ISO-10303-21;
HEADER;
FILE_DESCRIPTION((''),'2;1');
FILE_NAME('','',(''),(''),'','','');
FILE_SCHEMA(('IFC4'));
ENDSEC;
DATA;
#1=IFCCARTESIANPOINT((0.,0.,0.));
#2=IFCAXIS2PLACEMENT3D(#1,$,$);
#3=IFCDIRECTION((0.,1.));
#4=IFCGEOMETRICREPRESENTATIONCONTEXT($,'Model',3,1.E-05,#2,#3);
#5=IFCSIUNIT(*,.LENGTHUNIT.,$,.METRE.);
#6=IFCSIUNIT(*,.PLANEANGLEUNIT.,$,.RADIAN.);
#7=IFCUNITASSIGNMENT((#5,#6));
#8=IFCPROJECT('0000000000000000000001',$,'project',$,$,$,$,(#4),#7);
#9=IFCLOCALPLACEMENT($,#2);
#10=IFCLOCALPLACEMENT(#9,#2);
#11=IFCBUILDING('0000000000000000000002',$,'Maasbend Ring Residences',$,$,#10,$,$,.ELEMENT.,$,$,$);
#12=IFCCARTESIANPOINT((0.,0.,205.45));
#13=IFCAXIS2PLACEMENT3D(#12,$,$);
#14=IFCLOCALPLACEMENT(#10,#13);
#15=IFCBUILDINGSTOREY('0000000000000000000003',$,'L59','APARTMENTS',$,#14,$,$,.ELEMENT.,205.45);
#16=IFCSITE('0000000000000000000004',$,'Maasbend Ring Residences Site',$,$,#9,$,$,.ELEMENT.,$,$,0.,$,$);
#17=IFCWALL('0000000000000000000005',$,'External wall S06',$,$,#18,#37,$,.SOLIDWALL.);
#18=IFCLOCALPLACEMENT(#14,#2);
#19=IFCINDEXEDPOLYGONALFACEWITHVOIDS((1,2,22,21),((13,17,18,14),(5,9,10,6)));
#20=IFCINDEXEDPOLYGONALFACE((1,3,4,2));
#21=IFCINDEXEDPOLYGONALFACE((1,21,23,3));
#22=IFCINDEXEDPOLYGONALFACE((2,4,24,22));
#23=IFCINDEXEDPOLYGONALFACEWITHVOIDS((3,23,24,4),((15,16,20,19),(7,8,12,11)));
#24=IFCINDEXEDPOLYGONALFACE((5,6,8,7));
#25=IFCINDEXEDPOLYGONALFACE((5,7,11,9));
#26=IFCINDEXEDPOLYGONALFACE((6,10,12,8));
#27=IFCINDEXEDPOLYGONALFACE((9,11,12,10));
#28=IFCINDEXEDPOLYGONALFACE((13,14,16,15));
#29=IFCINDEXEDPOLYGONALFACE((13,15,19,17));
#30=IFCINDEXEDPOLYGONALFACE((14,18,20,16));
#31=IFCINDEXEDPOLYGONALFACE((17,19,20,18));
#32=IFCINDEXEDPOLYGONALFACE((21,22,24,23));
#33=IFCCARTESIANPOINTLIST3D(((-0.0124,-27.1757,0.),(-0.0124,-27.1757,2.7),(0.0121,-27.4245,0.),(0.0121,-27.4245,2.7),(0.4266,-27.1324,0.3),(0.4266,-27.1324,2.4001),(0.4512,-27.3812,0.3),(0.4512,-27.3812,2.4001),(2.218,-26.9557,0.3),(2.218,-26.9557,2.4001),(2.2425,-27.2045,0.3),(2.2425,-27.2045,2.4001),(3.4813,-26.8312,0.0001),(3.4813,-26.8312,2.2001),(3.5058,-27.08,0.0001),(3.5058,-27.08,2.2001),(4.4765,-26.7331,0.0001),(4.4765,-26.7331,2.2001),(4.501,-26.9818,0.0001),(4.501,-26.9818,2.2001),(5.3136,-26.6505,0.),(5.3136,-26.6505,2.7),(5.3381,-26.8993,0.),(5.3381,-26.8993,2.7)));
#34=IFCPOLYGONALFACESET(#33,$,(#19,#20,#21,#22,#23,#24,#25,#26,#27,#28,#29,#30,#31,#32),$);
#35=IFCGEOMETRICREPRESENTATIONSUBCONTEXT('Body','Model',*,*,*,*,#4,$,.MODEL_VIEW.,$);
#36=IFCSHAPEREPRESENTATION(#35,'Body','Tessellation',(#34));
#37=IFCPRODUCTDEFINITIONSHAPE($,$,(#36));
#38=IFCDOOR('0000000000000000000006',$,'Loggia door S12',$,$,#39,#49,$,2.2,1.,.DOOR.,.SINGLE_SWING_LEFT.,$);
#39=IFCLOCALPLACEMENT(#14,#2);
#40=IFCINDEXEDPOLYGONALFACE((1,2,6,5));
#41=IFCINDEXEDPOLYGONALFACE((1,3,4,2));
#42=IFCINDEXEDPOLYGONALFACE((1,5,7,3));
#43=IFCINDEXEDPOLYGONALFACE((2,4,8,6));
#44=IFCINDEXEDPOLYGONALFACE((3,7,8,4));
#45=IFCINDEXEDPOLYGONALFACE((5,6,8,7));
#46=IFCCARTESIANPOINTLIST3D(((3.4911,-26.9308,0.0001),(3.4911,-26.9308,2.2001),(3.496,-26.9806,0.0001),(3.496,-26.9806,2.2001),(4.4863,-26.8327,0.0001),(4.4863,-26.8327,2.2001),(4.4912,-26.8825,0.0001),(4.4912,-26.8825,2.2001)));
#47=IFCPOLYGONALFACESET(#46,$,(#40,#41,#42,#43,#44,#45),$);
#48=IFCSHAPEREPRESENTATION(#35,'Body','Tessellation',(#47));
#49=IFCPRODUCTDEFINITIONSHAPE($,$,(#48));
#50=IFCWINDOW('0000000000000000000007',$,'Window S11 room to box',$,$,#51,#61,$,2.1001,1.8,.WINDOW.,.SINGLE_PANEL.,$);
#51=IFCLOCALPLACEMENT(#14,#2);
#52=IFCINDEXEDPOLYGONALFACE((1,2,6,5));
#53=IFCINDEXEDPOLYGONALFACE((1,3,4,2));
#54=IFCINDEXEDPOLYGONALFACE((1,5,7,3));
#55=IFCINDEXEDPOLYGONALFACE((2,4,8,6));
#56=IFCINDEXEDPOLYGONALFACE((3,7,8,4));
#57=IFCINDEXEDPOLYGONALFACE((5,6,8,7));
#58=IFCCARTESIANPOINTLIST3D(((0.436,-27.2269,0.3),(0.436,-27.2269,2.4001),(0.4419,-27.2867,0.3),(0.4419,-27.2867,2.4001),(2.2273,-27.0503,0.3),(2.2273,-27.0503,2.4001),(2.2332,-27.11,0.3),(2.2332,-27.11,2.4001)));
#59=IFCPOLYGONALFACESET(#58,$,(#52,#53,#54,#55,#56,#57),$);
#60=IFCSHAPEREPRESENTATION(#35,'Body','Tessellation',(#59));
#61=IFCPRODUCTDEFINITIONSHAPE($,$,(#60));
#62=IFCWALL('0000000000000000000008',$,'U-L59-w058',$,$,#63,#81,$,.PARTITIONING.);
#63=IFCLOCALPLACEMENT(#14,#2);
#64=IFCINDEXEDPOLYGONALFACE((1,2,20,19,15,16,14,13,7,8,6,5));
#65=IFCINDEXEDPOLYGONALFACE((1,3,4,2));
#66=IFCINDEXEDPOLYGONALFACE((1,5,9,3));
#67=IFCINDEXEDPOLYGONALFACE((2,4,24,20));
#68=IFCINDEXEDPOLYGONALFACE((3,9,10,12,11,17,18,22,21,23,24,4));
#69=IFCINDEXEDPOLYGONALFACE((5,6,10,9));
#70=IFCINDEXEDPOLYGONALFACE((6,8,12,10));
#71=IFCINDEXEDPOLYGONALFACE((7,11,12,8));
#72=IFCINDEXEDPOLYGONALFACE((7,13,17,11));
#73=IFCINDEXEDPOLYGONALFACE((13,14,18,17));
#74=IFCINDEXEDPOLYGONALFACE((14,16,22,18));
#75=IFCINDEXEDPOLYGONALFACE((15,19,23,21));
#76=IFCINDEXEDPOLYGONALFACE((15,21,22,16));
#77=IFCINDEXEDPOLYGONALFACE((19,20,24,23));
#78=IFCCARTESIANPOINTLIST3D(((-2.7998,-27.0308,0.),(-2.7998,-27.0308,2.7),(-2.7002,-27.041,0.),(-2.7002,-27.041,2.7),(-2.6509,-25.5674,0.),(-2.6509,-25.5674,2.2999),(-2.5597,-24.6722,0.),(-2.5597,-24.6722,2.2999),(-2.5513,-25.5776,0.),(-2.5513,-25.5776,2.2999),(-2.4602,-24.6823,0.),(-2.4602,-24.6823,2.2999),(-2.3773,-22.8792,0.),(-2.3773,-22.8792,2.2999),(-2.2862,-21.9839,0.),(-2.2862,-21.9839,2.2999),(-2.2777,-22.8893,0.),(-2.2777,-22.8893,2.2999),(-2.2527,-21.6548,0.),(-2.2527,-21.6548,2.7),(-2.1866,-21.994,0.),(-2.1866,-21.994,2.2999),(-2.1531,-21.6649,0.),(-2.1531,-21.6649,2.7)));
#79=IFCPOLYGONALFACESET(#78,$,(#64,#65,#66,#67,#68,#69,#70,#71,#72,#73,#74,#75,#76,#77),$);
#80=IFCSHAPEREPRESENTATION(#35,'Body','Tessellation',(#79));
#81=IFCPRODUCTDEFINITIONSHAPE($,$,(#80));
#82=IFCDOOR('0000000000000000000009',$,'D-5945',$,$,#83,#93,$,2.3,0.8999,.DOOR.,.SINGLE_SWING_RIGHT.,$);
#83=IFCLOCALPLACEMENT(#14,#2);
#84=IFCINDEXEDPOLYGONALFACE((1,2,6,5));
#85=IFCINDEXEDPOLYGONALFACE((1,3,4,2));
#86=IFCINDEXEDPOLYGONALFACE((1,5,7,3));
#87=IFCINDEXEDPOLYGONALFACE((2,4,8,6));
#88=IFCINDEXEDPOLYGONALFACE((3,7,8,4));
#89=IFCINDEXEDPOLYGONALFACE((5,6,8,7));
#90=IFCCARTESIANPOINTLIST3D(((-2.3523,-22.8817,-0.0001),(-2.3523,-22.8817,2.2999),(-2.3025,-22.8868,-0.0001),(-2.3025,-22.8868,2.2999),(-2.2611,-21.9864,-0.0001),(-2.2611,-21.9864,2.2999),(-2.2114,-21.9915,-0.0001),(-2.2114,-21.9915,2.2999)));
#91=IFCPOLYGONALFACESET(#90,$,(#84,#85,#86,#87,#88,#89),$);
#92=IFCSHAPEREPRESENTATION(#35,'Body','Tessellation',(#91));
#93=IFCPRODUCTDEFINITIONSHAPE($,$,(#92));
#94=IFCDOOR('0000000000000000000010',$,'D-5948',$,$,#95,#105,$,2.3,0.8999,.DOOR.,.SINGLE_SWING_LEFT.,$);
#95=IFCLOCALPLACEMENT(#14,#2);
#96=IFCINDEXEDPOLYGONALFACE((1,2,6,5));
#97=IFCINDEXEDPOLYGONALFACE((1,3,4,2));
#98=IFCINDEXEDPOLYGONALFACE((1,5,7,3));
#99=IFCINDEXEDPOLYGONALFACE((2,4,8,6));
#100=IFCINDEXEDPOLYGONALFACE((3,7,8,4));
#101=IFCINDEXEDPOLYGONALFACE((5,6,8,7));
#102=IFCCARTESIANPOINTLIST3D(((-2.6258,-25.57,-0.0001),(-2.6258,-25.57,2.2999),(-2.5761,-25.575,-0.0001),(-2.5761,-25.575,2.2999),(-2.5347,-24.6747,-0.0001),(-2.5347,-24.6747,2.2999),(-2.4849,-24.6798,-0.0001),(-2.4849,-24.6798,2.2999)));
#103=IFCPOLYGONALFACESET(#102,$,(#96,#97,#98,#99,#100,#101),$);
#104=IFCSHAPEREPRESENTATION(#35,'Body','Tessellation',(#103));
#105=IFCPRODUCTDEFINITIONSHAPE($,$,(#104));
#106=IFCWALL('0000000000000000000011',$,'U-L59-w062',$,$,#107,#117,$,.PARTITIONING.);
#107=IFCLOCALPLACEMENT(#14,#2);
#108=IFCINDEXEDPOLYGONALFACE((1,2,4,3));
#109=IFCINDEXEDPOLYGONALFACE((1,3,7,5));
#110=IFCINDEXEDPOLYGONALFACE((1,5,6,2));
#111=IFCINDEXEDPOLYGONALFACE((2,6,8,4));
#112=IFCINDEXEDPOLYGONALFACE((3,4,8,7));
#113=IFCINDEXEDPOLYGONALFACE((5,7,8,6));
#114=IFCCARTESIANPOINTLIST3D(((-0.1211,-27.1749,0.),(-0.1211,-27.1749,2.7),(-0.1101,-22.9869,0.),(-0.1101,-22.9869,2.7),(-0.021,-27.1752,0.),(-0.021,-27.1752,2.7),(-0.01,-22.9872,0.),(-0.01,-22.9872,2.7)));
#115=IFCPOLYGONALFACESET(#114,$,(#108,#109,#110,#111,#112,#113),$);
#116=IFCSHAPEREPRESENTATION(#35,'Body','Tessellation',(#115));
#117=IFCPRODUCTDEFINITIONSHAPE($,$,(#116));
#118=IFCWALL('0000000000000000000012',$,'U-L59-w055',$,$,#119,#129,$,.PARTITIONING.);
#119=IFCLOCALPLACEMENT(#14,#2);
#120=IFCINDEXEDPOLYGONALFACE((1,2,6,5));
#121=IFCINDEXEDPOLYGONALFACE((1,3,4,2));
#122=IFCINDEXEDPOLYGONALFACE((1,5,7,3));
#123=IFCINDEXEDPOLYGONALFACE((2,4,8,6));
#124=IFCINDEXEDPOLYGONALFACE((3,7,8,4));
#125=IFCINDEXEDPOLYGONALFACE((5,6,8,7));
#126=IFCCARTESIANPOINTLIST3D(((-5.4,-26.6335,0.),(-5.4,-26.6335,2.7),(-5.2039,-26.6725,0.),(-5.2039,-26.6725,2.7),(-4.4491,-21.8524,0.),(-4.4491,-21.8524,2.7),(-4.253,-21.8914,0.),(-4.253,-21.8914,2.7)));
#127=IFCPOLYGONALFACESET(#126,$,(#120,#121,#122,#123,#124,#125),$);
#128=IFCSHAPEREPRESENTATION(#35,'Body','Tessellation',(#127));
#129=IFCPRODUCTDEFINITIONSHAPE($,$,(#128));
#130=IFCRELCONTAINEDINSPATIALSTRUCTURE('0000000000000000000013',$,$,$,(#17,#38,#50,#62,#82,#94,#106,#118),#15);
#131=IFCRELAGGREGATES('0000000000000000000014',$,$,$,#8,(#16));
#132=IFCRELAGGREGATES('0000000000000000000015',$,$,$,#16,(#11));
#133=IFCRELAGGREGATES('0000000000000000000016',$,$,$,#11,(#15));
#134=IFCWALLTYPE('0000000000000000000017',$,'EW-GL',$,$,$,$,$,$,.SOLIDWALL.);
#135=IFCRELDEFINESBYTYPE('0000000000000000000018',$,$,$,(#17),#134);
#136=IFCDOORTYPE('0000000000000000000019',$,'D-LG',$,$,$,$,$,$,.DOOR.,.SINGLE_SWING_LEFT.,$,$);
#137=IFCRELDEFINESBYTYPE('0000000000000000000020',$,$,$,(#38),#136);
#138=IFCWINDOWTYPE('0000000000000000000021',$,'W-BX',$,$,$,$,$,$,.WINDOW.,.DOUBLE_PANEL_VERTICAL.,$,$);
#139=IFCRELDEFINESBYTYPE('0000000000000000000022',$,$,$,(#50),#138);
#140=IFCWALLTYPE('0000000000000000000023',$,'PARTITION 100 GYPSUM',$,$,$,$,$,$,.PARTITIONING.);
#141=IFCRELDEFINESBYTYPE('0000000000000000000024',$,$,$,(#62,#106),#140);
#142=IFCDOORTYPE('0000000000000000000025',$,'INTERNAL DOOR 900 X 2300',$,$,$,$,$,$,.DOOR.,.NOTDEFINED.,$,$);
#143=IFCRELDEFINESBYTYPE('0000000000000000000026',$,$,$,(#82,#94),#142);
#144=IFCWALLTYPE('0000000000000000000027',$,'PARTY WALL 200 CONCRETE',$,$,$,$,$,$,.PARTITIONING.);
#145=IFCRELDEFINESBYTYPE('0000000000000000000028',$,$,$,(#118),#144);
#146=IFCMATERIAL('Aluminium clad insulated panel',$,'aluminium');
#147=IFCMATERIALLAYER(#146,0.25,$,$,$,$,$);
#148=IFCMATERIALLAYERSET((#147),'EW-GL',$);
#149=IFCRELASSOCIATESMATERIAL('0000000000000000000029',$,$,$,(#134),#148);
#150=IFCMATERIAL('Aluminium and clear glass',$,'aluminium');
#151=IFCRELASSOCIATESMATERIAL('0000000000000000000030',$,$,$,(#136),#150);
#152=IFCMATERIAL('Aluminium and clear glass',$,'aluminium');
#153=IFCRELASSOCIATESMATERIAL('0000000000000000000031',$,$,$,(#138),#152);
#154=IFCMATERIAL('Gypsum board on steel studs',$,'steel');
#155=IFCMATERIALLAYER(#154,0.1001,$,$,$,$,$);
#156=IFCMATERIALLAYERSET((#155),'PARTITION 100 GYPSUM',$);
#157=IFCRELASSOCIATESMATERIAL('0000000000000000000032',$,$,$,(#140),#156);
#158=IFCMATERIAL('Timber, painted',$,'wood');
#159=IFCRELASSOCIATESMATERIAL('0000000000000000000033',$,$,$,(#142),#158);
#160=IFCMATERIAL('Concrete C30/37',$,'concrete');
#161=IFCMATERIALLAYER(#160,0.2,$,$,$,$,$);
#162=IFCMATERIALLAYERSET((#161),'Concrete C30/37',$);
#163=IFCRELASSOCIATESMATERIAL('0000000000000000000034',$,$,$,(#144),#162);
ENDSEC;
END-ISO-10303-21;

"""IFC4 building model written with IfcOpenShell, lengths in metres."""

from ifc_helpers import new_model, si_unit, direction, frame, frame_2d, origin, place, context, subcontext, project, spatial, rectangle, extrude, material, layer, layer_set, type_object, element, fill, save


model = new_model("IFC4")

# Units and contexts
model_context = context("Model", 3, precision=1e-05, world=origin(), true_north=direction((0.0, 1.0)))
body_context = subcontext(model_context, "Body", "Model", "MODEL_VIEW")
ifc_project = project(units=[si_unit("LENGTHUNIT", "METRE"), si_unit("PLANEANGLEUNIT", "RADIAN")], contexts=[model_context])

# Site, building, storey
site_placement = place(None, origin())
site = spatial("IfcSite", under=ifc_project, at=site_placement, Name="Maasbend Ring Residences Site", CompositionType="ELEMENT", RefElevation=0.0)
building_placement = place(site_placement, origin())
building = spatial("IfcBuilding", under=site, at=building_placement, Name="Maasbend Ring Residences", CompositionType="ELEMENT")
storey_placement = place(building_placement, frame((0.0, 0.0, 205.45)))
storey = spatial("IfcBuildingStorey", under=building, at=storey_placement, Name="L59", Description="APARTMENTS", CompositionType="ELEMENT", Elevation=205.45)

# Wall, openings, door, window
ifc_material_1 = material(Name="Aluminium clad insulated panel", Category="aluminium")
ifc_layer_1 = layer(ifc_material_1, 0.25)
ifc_layer_set_1 = layer_set([ifc_layer_1], Name="EW-GL")
wall_type_1 = type_object("IfcWallType", Name="EW-GL", PredefinedType="SOLIDWALL", material=ifc_layer_set_1)
ifc_material_2 = material(Name="Aluminium and clear glass", Category="aluminium")
door_type_1 = type_object("IfcDoorType", Name="D-LG", OperationType="SINGLE_SWING_LEFT", PredefinedType="DOOR", material=ifc_material_2)
ifc_material_3 = material(Name="Aluminium and clear glass", Category="aluminium")
window_type_1 = type_object("IfcWindowType", Name="W-BX", PartitioningType="DOUBLE_PANEL_VERTICAL", PredefinedType="WINDOW", material=ifc_material_3)
wall_1_placement = place(storey_placement, frame((0.0, -27.3, 0.0), z_axis=(0.0, 0.0, 1.0), x_axis=(0.995174, 0.098126, 0.0)))
wall_1 = element("IfcWall", 1, at=wall_1_placement, inside=storey, type_object=wall_type_1, Name="External wall S06", PredefinedType="SOLIDWALL", context=body_context, shape_type="SweptSolid", body=[
    extrude(rectangle(XDim=5.3518, YDim=0.25, at=frame_2d((2.6758, 0.0))), origin(), (0.0, 0.0, 1.0), 2.7),
])
opening_1_placement = place(wall_1_placement, frame((0.4412, 0.0, 0.3)))
opening_1 = element("IfcOpeningElement", 2, at=opening_1_placement, cuts=wall_1, PredefinedType="OPENING", context=body_context, shape_type="SweptSolid", body=[
    extrude(rectangle(XDim=1.8, YDim=2.1001, at=frame_2d((0.8999, 1.05))), frame((0.0, 0.135, 0.0), z_axis=(0.0, -1.0, 0.0), x_axis=(1.0, 0.0, 0.0)), (0.0, 0.0, 1.0), 0.27),
])
opening_2_placement = place(wall_1_placement, frame((3.5105, 0.0, 0.0)))
opening_2 = element("IfcOpeningElement", 3, at=opening_2_placement, cuts=wall_1, PredefinedType="OPENING", context=body_context, shape_type="SweptSolid", body=[
    extrude(rectangle(XDim=1.0, YDim=2.2, at=frame_2d((0.5, 1.1001))), frame((0.0, 0.135, 0.0), z_axis=(0.0, -1.0, 0.0), x_axis=(1.0, 0.0, 0.0)), (0.0, 0.0, 1.0), 0.27),
])
door_1_placement = place(opening_2_placement, origin())
door_1 = element("IfcDoor", 4, at=door_1_placement, inside=storey, type_object=door_type_1, Name="Loggia door S12", OperationType="SINGLE_SWING_LEFT", OverallHeight=2.2, OverallWidth=1.0, PredefinedType="DOOR", context=body_context, shape_type="SweptSolid", body=[
    extrude(rectangle(XDim=1.0, YDim=2.2, at=frame_2d((0.5, 1.1001))), frame((0.0, 0.0249, 0.0), z_axis=(0.0, -1.0, 0.0), x_axis=(1.0, 0.0, 0.0)), (0.0, 0.0, 1.0), 0.05),
])
fill(opening_2, door_1)
window_1_placement = place(opening_1_placement, origin())
window_1 = element("IfcWindow", 5, at=window_1_placement, inside=storey, type_object=window_type_1, Name="Window S11 room to box", OverallHeight=2.1001, OverallWidth=1.8, PartitioningType="SINGLE_PANEL", PredefinedType="WINDOW", context=body_context, shape_type="SweptSolid", body=[
    extrude(rectangle(XDim=1.8, YDim=2.1001, at=frame_2d((0.8999, 1.05))), frame((0.0, 0.03, 0.0), z_axis=(0.0, -1.0, 0.0), x_axis=(1.0, 0.0, 0.0)), (0.0, 0.0, 1.0), 0.0601),
])
fill(opening_1, window_1)

# Wall, openings, doors
ifc_material_4 = material(Name="Gypsum board on steel studs", Category="steel")
ifc_layer_2 = layer(ifc_material_4, 0.1001)
ifc_layer_set_2 = layer_set([ifc_layer_2], Name="PARTITION 100 GYPSUM")
wall_type_2 = type_object("IfcWallType", Name="PARTITION 100 GYPSUM", PredefinedType="PARTITIONING", material=ifc_layer_set_2)
wall_2_placement = place(storey_placement, frame((-2.75, -27.0359, 0.0), z_axis=(0.0, 0.0, 1.0), x_axis=(0.101248, 0.994861, 0.0)))
wall_2 = element("IfcWall", 6, at=wall_2_placement, inside=storey, type_object=wall_type_2, Name="U-L59-w058", PredefinedType="PARTITIONING", context=body_context, shape_type="SweptSolid", body=[
    extrude(rectangle(XDim=5.4038, YDim=0.1001, at=frame_2d((2.7019, 0.0))), origin(), (0.0, 0.0, 1.0), 2.7),
])
opening_3_placement = place(wall_2_placement, frame((4.1731, 0.0, 0.0)))
opening_3 = element("IfcOpeningElement", 7, at=opening_3_placement, cuts=wall_2, PredefinedType="OPENING", context=body_context, shape_type="SweptSolid", body=[
    extrude(rectangle(XDim=0.8999, YDim=2.3, at=frame_2d((0.45, 1.1499))), frame((0.0, 0.0601, 0.0), z_axis=(0.0, -1.0, 0.0), x_axis=(1.0, 0.0, 0.0)), (0.0, 0.0, 1.0), 0.1201),
])
opening_4_placement = place(wall_2_placement, frame((1.4709, 0.0, 0.0)))
opening_4 = element("IfcOpeningElement", 8, at=opening_4_placement, cuts=wall_2, PredefinedType="OPENING", context=body_context, shape_type="SweptSolid", body=[
    extrude(rectangle(XDim=0.8999, YDim=2.3, at=frame_2d((0.45, 1.1499))), frame((0.0, 0.0601, 0.0), z_axis=(0.0, -1.0, 0.0), x_axis=(1.0, 0.0, 0.0)), (0.0, 0.0, 1.0), 0.1201),
])
ifc_material_5 = material(Name="Timber, painted", Category="wood")
door_type_2 = type_object("IfcDoorType", Name="INTERNAL DOOR 900 X 2300", OperationType="NOTDEFINED", PredefinedType="DOOR", material=ifc_material_5)
door_2_placement = place(opening_3_placement, origin())
door_2 = element("IfcDoor", 9, at=door_2_placement, inside=storey, type_object=door_type_2, Name="D-5945", OperationType="SINGLE_SWING_RIGHT", OverallHeight=2.3, OverallWidth=0.8999, PredefinedType="DOOR", context=body_context, shape_type="SweptSolid", body=[
    extrude(rectangle(XDim=0.8999, YDim=2.3, at=frame_2d((0.45, 1.1499))), frame((0.0, 0.0249, 0.0), z_axis=(0.0, -1.0, 0.0), x_axis=(1.0, 0.0, 0.0)), (0.0, 0.0, 1.0), 0.05),
])
fill(opening_3, door_2)
door_3_placement = place(opening_4_placement, origin())
door_3 = element("IfcDoor", 10, at=door_3_placement, inside=storey, type_object=door_type_2, Name="D-5948", OperationType="SINGLE_SWING_LEFT", OverallHeight=2.3, OverallWidth=0.8999, PredefinedType="DOOR", context=body_context, shape_type="SweptSolid", body=[
    extrude(rectangle(XDim=0.8999, YDim=2.3, at=frame_2d((0.45, 1.1499))), frame((0.0, 0.0249, 0.0), z_axis=(0.0, -1.0, 0.0), x_axis=(1.0, 0.0, 0.0)), (0.0, 0.0, 1.0), 0.05),
])
fill(opening_4, door_3)

# Walls
wall_3_placement = place(storey_placement, frame((-0.071, -27.175, 0.0), z_axis=(0.0, 0.0, 1.0), x_axis=(0.002623, 0.999997, 0.0)))
element("IfcWall", 11, at=wall_3_placement, inside=storey, type_object=wall_type_2, Name="U-L59-w062", PredefinedType="PARTITIONING", context=body_context, shape_type="SweptSolid", body=[
    extrude(rectangle(XDim=4.188, YDim=0.1001, at=frame_2d((2.094, 0.0))), origin(), (0.0, 0.0, 1.0), 2.7),
])
ifc_material_6 = material(Name="Concrete C30/37", Category="concrete")
ifc_layer_3 = layer(ifc_material_6, 0.2)
ifc_layer_set_3 = layer_set([ifc_layer_3], Name="Concrete C30/37")
wall_type_3 = type_object("IfcWallType", Name="PARTY WALL 200 CONCRETE", PredefinedType="PARTITIONING", material=ifc_layer_set_3)
wall_4_placement = place(storey_placement, frame((-5.302, -26.6531, 0.0), z_axis=(0.0, 0.0, 1.0), x_axis=(0.195076, 0.980788, 0.0)))
element("IfcWall", 12, at=wall_4_placement, inside=storey, type_object=wall_type_3, Name="U-L59-w055", PredefinedType="PARTITIONING", context=body_context, shape_type="SweptSolid", body=[
    extrude(rectangle(XDim=4.8748, YDim=0.2, at=frame_2d((2.4375, 0.0))), origin(), (0.0, 0.0, 1.0), 2.7),
])

save(model, "model.ifc")
